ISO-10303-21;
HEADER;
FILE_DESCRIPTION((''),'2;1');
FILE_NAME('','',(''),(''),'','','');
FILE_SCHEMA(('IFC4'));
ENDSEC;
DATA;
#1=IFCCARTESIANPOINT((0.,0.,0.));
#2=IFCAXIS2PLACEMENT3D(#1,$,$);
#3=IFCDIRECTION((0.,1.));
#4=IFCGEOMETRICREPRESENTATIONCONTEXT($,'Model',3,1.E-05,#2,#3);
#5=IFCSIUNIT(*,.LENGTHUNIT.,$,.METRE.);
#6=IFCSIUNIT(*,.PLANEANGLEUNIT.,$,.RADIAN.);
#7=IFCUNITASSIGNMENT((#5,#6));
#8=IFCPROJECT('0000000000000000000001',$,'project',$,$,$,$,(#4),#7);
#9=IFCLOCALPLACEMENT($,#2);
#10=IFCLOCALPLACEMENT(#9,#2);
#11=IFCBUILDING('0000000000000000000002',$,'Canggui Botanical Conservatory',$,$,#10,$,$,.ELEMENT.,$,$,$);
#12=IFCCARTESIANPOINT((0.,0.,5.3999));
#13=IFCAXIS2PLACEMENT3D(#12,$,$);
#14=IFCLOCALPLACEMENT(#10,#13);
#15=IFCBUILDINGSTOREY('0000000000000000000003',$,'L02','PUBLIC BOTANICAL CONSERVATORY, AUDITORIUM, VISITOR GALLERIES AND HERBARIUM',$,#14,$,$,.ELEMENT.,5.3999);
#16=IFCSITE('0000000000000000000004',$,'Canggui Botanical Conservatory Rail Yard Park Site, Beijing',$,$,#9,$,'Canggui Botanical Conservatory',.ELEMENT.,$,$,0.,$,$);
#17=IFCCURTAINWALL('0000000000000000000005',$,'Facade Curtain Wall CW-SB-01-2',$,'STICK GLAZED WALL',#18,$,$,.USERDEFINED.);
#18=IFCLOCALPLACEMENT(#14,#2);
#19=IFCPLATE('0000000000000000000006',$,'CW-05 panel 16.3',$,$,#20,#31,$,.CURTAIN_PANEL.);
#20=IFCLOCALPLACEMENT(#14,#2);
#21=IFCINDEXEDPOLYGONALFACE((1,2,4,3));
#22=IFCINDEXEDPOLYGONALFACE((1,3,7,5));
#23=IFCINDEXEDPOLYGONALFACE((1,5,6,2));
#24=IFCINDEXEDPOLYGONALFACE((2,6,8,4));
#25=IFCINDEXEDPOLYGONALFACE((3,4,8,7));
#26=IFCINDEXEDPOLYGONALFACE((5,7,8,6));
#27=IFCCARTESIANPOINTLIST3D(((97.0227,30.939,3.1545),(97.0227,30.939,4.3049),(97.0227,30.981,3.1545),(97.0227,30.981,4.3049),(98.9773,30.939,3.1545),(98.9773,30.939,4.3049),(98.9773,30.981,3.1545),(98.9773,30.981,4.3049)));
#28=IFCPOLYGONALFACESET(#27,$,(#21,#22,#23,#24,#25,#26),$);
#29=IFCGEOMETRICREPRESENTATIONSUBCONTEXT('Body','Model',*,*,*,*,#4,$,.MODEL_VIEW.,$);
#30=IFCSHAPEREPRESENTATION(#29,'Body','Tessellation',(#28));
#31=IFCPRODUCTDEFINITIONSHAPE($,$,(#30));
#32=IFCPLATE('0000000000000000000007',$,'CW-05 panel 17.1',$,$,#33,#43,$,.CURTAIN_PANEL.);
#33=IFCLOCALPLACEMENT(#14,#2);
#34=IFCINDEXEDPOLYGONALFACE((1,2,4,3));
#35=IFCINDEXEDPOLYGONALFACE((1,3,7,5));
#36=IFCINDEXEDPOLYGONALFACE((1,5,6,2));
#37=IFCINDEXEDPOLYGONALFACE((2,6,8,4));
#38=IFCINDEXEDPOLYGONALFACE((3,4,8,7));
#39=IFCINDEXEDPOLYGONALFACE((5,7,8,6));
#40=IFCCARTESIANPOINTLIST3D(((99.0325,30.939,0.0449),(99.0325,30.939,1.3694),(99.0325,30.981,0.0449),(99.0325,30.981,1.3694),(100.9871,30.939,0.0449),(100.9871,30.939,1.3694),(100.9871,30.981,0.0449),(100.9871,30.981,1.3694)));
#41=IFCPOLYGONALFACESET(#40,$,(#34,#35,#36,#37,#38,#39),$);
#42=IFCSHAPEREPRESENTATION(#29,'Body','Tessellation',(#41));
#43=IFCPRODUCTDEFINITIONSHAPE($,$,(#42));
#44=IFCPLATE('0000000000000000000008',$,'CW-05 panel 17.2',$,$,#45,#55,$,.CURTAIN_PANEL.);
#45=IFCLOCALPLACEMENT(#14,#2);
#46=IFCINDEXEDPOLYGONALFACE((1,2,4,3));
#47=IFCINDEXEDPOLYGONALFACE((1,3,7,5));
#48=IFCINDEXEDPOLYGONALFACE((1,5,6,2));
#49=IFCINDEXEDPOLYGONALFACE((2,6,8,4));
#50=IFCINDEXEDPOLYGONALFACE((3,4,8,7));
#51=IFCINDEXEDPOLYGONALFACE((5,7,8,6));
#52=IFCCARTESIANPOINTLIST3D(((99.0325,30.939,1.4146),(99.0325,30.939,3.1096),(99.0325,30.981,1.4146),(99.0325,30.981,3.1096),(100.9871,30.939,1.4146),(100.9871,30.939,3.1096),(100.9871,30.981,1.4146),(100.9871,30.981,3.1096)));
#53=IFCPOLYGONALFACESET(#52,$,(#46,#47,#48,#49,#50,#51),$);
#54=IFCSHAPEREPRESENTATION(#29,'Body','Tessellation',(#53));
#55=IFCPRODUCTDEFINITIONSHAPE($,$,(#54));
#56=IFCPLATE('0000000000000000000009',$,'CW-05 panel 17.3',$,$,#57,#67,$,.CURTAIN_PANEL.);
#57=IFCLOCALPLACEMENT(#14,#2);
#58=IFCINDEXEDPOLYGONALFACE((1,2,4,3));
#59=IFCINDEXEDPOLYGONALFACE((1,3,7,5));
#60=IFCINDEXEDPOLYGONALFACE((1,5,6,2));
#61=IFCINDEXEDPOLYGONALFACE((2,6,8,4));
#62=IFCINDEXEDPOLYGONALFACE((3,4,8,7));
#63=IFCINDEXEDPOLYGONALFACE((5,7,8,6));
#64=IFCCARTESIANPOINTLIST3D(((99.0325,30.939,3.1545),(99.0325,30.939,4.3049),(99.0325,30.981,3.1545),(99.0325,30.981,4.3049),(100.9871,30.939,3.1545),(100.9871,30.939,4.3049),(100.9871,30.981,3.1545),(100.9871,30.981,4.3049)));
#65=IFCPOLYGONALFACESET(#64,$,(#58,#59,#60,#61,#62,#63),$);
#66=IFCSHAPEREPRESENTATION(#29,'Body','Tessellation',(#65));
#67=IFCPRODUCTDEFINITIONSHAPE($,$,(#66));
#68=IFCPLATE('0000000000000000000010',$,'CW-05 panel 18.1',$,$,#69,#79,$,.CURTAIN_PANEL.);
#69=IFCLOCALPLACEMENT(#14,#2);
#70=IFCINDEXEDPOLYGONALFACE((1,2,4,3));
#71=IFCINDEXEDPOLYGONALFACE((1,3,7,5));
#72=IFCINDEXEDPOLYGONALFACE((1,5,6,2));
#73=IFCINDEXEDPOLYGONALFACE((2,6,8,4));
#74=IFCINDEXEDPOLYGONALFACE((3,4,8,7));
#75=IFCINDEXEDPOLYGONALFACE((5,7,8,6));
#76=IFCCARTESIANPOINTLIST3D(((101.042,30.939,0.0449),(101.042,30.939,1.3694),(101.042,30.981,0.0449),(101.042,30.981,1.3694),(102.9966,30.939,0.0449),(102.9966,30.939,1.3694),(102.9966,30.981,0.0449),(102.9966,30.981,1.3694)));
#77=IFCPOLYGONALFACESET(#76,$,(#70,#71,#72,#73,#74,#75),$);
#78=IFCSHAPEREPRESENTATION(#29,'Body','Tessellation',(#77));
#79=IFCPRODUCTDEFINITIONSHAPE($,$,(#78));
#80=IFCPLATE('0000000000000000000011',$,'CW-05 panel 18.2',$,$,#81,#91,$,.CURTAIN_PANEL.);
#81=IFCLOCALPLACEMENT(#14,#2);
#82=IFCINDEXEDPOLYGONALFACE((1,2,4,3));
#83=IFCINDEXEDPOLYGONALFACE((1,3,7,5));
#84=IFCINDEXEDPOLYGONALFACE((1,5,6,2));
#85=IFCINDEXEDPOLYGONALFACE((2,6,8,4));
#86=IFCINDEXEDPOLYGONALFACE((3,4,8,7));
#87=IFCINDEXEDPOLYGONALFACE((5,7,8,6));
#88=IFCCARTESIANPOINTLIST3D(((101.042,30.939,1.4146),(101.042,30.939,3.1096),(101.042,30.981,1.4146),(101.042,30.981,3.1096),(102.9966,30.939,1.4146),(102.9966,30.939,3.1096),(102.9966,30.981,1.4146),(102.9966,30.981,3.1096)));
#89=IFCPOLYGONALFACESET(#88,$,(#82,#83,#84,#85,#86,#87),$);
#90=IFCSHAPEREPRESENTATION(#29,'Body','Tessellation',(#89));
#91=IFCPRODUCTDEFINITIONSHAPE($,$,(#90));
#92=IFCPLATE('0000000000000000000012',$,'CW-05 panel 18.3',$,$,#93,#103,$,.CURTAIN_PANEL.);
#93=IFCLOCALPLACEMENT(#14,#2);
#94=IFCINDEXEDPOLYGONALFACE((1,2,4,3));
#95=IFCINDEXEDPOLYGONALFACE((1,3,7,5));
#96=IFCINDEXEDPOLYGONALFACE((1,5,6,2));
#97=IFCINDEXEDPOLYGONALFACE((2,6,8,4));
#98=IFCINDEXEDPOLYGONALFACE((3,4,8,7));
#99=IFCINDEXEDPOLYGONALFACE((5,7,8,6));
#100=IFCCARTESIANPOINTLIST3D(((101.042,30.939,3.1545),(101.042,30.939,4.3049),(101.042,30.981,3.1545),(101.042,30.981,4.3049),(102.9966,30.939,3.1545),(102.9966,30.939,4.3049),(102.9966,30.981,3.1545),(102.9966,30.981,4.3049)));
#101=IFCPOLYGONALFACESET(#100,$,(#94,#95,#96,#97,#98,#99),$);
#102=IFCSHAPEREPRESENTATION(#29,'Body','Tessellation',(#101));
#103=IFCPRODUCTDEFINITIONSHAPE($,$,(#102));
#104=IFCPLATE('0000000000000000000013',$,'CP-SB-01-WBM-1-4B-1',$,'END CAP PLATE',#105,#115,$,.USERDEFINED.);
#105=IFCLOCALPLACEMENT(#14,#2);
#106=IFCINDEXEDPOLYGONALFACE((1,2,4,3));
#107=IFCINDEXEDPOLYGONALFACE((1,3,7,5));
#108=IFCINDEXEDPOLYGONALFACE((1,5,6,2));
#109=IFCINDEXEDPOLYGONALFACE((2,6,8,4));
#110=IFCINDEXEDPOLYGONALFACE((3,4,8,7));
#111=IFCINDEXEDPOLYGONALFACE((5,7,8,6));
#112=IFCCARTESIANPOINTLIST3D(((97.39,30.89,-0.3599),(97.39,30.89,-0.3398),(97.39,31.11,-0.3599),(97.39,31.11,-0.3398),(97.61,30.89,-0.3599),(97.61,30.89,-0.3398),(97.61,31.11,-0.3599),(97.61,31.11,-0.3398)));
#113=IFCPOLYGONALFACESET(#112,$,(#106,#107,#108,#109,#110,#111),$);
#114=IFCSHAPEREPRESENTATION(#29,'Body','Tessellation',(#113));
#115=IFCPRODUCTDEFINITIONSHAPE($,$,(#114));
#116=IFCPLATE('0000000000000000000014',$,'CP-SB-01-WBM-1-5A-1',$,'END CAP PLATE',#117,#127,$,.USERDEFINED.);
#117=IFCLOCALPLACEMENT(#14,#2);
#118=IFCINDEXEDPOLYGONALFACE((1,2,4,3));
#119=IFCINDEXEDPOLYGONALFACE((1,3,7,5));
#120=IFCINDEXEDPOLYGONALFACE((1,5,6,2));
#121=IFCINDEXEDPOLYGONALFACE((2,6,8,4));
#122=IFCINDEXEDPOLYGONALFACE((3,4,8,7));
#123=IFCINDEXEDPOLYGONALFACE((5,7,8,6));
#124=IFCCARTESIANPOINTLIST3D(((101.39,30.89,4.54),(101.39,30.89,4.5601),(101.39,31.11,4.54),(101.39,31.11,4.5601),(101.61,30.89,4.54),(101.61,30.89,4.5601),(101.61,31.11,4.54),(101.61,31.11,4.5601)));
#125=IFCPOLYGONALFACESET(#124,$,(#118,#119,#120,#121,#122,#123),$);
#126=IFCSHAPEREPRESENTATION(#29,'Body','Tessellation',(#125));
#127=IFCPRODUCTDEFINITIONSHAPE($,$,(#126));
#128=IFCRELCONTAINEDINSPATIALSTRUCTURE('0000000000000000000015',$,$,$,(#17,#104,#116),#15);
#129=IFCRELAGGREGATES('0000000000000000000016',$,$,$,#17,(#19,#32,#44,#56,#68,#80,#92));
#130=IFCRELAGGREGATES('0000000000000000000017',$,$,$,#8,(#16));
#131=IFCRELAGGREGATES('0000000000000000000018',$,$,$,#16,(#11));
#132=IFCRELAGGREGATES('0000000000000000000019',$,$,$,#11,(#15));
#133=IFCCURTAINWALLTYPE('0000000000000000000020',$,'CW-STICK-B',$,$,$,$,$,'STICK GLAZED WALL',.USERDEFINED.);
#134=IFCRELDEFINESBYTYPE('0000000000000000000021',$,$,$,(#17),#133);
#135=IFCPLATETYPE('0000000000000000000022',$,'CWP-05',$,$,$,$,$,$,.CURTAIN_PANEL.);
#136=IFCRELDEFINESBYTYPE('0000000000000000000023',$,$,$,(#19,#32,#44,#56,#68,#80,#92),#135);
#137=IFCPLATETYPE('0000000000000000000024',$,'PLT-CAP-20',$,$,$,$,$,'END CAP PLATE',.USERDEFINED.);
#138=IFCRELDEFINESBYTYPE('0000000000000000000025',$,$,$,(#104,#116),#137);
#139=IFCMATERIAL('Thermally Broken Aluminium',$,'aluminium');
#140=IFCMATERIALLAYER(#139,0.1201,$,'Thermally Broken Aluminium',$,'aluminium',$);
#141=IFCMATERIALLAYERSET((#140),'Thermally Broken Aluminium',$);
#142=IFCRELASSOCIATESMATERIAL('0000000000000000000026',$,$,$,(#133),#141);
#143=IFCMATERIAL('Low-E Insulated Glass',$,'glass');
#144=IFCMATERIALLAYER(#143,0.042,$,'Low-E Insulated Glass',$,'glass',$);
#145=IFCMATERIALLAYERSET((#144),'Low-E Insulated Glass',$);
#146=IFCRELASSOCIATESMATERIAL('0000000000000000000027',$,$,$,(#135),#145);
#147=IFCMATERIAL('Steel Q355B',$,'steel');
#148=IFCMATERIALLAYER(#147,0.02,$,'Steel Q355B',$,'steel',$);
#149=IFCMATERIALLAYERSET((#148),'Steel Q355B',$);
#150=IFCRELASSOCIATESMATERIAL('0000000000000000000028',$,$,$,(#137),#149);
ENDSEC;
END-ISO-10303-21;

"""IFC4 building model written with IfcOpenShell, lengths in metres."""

from ifc_helpers import new_model, si_unit, direction, frame, origin, origin_2d, place, context, subcontext, project, spatial, rectangle, extrude, material, layer, layer_set, type_object, element, aggregate, save


model = new_model("IFC4")

# Units and contexts
model_context = context("Model", 3, precision=1e-05, world=origin(), true_north=direction((0.0, 1.0)))
body_context = subcontext(model_context, "Body", "Model", "MODEL_VIEW")
ifc_project = project(units=[si_unit("LENGTHUNIT", "METRE"), si_unit("PLANEANGLEUNIT", "RADIAN")], contexts=[model_context])

# Site, building, storey
site_placement = place(None, origin())
site = spatial("IfcSite", under=ifc_project, at=site_placement, Name="Canggui Botanical Conservatory Rail Yard Park Site, Beijing", LongName="Canggui Botanical Conservatory", CompositionType="ELEMENT", RefElevation=0.0)
building_placement = place(site_placement, origin())
building = spatial("IfcBuilding", under=site, at=building_placement, Name="Canggui Botanical Conservatory", CompositionType="ELEMENT")
storey_placement = place(building_placement, frame((0.0, 0.0, 5.3999)))
storey = spatial("IfcBuildingStorey", under=building, at=storey_placement, Name="L02", Description="PUBLIC BOTANICAL CONSERVATORY, AUDITORIUM, VISITOR GALLERIES AND HERBARIUM", CompositionType="ELEMENT", Elevation=5.3999)

# Shared definitions
ifc_material_1 = material(Name="Steel Q355B", Category="steel")

# Curtain wall
ifc_material_2 = material(Name="Thermally Broken Aluminium", Category="aluminium")
ifc_layer_1 = layer(ifc_material_2, 0.1201, Name="Thermally Broken Aluminium", Category="aluminium")
ifc_layer_set_1 = layer_set([ifc_layer_1], Name="Thermally Broken Aluminium")
curtain_wall_type = type_object("IfcCurtainWallType", Name="CW-STICK-B", ElementType="STICK GLAZED WALL", PredefinedType="USERDEFINED", material=ifc_layer_set_1)
curtain_wall_placement = place(storey_placement, origin())
curtain_wall = element("IfcCurtainWall", 1, at=curtain_wall_placement, inside=storey, type_object=curtain_wall_type, Name="Facade Curtain Wall CW-SB-01-2", ObjectType="STICK GLAZED WALL", PredefinedType="USERDEFINED")

# Plates
ifc_material_3 = material(Name="Low-E Insulated Glass", Category="glass")
ifc_layer_2 = layer(ifc_material_3, 0.042, Name="Low-E Insulated Glass", Category="glass")
ifc_layer_set_2 = layer_set([ifc_layer_2], Name="Low-E Insulated Glass")
plate_type_1 = type_object("IfcPlateType", Name="CWP-05", PredefinedType="CURTAIN_PANEL", material=ifc_layer_set_2)
plate_1_placement = place(storey_placement, frame((98.0, 30.96, 3.1545), z_axis=(0.0, 0.0, 1.0), x_axis=(1.0, 0.0, 0.0)))
plate_1 = element("IfcPlate", 2, at=plate_1_placement, type_object=plate_type_1, Name="CW-05 panel 16.3", PredefinedType="CURTAIN_PANEL", context=body_context, shape_type="SweptSolid", body=[
    extrude(rectangle(XDim=1.9546, YDim=0.042, at=origin_2d()), origin(), (0.0, 0.0, 1.0), 1.1504),
])
plate_2_placement = place(storey_placement, frame((100.0098, 30.96, 0.0449), z_axis=(0.0, 0.0, 1.0), x_axis=(1.0, 0.0, 0.0)))
plate_2 = element("IfcPlate", 3, at=plate_2_placement, type_object=plate_type_1, Name="CW-05 panel 17.1", PredefinedType="CURTAIN_PANEL", context=body_context, shape_type="SweptSolid", body=[
    extrude(rectangle(XDim=1.9546, YDim=0.042, at=origin_2d()), origin(), (0.0, 0.0, 1.0), 1.3245),
])
plate_3_placement = place(storey_placement, frame((100.0098, 30.96, 1.4146), z_axis=(0.0, 0.0, 1.0), x_axis=(1.0, 0.0, 0.0)))
plate_3 = element("IfcPlate", 4, at=plate_3_placement, type_object=plate_type_1, Name="CW-05 panel 17.2", PredefinedType="CURTAIN_PANEL", context=body_context, shape_type="SweptSolid", body=[
    extrude(rectangle(XDim=1.9546, YDim=0.042, at=origin_2d()), origin(), (0.0, 0.0, 1.0), 1.6951),
])
plate_4_placement = place(storey_placement, frame((100.0098, 30.96, 3.1545), z_axis=(0.0, 0.0, 1.0), x_axis=(1.0, 0.0, 0.0)))
plate_4 = element("IfcPlate", 5, at=plate_4_placement, type_object=plate_type_1, Name="CW-05 panel 17.3", PredefinedType="CURTAIN_PANEL", context=body_context, shape_type="SweptSolid", body=[
    extrude(rectangle(XDim=1.9546, YDim=0.042, at=origin_2d()), origin(), (0.0, 0.0, 1.0), 1.1504),
])
plate_5_placement = place(storey_placement, frame((102.0193, 30.96, 0.0449), z_axis=(0.0, 0.0, 1.0), x_axis=(1.0, 0.0, 0.0)))
plate_5 = element("IfcPlate", 6, at=plate_5_placement, type_object=plate_type_1, Name="CW-05 panel 18.1", PredefinedType="CURTAIN_PANEL", context=body_context, shape_type="SweptSolid", body=[
    extrude(rectangle(XDim=1.9546, YDim=0.042, at=origin_2d()), origin(), (0.0, 0.0, 1.0), 1.3245),
])
plate_6_placement = place(storey_placement, frame((102.0193, 30.96, 1.4146), z_axis=(0.0, 0.0, 1.0), x_axis=(1.0, 0.0, 0.0)))
plate_6 = element("IfcPlate", 7, at=plate_6_placement, type_object=plate_type_1, Name="CW-05 panel 18.2", PredefinedType="CURTAIN_PANEL", context=body_context, shape_type="SweptSolid", body=[
    extrude(rectangle(XDim=1.9546, YDim=0.042, at=origin_2d()), origin(), (0.0, 0.0, 1.0), 1.6951),
])
plate_7_placement = place(storey_placement, frame((102.0193, 30.96, 3.1545), z_axis=(0.0, 0.0, 1.0), x_axis=(1.0, 0.0, 0.0)))
plate_7 = element("IfcPlate", 8, at=plate_7_placement, type_object=plate_type_1, Name="CW-05 panel 18.3", PredefinedType="CURTAIN_PANEL", context=body_context, shape_type="SweptSolid", body=[
    extrude(rectangle(XDim=1.9546, YDim=0.042, at=origin_2d()), origin(), (0.0, 0.0, 1.0), 1.1504),
])
aggregate(curtain_wall, [plate_1, plate_2, plate_3, plate_4, plate_5, plate_6, plate_7])

# Plates
ifc_layer_3 = layer(ifc_material_1, 0.02, Name="Steel Q355B", Category="steel")
ifc_layer_set_3 = layer_set([ifc_layer_3], Name="Steel Q355B")
plate_type_2 = type_object("IfcPlateType", Name="PLT-CAP-20", ElementType="END CAP PLATE", PredefinedType="USERDEFINED", material=ifc_layer_set_3)
for number, where, z_axis, x_axis, name in (
    (9, (97.5, 31.0, -0.3599), (0.0, 0.0, 1.0), (1.0, 0.0, 0.0), "CP-SB-01-WBM-1-4B-1"),
    (10, (101.5, 31.0, 4.54), (0.0, 0.0, 1.0), (1.0, 0.0, 0.0), "CP-SB-01-WBM-1-5A-1"),
):
    element("IfcPlate", number, at=place(storey_placement, frame(where, z_axis=z_axis, x_axis=x_axis)), inside=storey, type_object=plate_type_2, Name=name, ObjectType="END CAP PLATE", PredefinedType="USERDEFINED", context=body_context, shape_type="SweptSolid", body=[
        extrude(rectangle(XDim=0.22, YDim=0.22, at=origin_2d()), origin(), (0.0, 0.0, 1.0), 0.02),
    ])

save(model, "model.ifc")
